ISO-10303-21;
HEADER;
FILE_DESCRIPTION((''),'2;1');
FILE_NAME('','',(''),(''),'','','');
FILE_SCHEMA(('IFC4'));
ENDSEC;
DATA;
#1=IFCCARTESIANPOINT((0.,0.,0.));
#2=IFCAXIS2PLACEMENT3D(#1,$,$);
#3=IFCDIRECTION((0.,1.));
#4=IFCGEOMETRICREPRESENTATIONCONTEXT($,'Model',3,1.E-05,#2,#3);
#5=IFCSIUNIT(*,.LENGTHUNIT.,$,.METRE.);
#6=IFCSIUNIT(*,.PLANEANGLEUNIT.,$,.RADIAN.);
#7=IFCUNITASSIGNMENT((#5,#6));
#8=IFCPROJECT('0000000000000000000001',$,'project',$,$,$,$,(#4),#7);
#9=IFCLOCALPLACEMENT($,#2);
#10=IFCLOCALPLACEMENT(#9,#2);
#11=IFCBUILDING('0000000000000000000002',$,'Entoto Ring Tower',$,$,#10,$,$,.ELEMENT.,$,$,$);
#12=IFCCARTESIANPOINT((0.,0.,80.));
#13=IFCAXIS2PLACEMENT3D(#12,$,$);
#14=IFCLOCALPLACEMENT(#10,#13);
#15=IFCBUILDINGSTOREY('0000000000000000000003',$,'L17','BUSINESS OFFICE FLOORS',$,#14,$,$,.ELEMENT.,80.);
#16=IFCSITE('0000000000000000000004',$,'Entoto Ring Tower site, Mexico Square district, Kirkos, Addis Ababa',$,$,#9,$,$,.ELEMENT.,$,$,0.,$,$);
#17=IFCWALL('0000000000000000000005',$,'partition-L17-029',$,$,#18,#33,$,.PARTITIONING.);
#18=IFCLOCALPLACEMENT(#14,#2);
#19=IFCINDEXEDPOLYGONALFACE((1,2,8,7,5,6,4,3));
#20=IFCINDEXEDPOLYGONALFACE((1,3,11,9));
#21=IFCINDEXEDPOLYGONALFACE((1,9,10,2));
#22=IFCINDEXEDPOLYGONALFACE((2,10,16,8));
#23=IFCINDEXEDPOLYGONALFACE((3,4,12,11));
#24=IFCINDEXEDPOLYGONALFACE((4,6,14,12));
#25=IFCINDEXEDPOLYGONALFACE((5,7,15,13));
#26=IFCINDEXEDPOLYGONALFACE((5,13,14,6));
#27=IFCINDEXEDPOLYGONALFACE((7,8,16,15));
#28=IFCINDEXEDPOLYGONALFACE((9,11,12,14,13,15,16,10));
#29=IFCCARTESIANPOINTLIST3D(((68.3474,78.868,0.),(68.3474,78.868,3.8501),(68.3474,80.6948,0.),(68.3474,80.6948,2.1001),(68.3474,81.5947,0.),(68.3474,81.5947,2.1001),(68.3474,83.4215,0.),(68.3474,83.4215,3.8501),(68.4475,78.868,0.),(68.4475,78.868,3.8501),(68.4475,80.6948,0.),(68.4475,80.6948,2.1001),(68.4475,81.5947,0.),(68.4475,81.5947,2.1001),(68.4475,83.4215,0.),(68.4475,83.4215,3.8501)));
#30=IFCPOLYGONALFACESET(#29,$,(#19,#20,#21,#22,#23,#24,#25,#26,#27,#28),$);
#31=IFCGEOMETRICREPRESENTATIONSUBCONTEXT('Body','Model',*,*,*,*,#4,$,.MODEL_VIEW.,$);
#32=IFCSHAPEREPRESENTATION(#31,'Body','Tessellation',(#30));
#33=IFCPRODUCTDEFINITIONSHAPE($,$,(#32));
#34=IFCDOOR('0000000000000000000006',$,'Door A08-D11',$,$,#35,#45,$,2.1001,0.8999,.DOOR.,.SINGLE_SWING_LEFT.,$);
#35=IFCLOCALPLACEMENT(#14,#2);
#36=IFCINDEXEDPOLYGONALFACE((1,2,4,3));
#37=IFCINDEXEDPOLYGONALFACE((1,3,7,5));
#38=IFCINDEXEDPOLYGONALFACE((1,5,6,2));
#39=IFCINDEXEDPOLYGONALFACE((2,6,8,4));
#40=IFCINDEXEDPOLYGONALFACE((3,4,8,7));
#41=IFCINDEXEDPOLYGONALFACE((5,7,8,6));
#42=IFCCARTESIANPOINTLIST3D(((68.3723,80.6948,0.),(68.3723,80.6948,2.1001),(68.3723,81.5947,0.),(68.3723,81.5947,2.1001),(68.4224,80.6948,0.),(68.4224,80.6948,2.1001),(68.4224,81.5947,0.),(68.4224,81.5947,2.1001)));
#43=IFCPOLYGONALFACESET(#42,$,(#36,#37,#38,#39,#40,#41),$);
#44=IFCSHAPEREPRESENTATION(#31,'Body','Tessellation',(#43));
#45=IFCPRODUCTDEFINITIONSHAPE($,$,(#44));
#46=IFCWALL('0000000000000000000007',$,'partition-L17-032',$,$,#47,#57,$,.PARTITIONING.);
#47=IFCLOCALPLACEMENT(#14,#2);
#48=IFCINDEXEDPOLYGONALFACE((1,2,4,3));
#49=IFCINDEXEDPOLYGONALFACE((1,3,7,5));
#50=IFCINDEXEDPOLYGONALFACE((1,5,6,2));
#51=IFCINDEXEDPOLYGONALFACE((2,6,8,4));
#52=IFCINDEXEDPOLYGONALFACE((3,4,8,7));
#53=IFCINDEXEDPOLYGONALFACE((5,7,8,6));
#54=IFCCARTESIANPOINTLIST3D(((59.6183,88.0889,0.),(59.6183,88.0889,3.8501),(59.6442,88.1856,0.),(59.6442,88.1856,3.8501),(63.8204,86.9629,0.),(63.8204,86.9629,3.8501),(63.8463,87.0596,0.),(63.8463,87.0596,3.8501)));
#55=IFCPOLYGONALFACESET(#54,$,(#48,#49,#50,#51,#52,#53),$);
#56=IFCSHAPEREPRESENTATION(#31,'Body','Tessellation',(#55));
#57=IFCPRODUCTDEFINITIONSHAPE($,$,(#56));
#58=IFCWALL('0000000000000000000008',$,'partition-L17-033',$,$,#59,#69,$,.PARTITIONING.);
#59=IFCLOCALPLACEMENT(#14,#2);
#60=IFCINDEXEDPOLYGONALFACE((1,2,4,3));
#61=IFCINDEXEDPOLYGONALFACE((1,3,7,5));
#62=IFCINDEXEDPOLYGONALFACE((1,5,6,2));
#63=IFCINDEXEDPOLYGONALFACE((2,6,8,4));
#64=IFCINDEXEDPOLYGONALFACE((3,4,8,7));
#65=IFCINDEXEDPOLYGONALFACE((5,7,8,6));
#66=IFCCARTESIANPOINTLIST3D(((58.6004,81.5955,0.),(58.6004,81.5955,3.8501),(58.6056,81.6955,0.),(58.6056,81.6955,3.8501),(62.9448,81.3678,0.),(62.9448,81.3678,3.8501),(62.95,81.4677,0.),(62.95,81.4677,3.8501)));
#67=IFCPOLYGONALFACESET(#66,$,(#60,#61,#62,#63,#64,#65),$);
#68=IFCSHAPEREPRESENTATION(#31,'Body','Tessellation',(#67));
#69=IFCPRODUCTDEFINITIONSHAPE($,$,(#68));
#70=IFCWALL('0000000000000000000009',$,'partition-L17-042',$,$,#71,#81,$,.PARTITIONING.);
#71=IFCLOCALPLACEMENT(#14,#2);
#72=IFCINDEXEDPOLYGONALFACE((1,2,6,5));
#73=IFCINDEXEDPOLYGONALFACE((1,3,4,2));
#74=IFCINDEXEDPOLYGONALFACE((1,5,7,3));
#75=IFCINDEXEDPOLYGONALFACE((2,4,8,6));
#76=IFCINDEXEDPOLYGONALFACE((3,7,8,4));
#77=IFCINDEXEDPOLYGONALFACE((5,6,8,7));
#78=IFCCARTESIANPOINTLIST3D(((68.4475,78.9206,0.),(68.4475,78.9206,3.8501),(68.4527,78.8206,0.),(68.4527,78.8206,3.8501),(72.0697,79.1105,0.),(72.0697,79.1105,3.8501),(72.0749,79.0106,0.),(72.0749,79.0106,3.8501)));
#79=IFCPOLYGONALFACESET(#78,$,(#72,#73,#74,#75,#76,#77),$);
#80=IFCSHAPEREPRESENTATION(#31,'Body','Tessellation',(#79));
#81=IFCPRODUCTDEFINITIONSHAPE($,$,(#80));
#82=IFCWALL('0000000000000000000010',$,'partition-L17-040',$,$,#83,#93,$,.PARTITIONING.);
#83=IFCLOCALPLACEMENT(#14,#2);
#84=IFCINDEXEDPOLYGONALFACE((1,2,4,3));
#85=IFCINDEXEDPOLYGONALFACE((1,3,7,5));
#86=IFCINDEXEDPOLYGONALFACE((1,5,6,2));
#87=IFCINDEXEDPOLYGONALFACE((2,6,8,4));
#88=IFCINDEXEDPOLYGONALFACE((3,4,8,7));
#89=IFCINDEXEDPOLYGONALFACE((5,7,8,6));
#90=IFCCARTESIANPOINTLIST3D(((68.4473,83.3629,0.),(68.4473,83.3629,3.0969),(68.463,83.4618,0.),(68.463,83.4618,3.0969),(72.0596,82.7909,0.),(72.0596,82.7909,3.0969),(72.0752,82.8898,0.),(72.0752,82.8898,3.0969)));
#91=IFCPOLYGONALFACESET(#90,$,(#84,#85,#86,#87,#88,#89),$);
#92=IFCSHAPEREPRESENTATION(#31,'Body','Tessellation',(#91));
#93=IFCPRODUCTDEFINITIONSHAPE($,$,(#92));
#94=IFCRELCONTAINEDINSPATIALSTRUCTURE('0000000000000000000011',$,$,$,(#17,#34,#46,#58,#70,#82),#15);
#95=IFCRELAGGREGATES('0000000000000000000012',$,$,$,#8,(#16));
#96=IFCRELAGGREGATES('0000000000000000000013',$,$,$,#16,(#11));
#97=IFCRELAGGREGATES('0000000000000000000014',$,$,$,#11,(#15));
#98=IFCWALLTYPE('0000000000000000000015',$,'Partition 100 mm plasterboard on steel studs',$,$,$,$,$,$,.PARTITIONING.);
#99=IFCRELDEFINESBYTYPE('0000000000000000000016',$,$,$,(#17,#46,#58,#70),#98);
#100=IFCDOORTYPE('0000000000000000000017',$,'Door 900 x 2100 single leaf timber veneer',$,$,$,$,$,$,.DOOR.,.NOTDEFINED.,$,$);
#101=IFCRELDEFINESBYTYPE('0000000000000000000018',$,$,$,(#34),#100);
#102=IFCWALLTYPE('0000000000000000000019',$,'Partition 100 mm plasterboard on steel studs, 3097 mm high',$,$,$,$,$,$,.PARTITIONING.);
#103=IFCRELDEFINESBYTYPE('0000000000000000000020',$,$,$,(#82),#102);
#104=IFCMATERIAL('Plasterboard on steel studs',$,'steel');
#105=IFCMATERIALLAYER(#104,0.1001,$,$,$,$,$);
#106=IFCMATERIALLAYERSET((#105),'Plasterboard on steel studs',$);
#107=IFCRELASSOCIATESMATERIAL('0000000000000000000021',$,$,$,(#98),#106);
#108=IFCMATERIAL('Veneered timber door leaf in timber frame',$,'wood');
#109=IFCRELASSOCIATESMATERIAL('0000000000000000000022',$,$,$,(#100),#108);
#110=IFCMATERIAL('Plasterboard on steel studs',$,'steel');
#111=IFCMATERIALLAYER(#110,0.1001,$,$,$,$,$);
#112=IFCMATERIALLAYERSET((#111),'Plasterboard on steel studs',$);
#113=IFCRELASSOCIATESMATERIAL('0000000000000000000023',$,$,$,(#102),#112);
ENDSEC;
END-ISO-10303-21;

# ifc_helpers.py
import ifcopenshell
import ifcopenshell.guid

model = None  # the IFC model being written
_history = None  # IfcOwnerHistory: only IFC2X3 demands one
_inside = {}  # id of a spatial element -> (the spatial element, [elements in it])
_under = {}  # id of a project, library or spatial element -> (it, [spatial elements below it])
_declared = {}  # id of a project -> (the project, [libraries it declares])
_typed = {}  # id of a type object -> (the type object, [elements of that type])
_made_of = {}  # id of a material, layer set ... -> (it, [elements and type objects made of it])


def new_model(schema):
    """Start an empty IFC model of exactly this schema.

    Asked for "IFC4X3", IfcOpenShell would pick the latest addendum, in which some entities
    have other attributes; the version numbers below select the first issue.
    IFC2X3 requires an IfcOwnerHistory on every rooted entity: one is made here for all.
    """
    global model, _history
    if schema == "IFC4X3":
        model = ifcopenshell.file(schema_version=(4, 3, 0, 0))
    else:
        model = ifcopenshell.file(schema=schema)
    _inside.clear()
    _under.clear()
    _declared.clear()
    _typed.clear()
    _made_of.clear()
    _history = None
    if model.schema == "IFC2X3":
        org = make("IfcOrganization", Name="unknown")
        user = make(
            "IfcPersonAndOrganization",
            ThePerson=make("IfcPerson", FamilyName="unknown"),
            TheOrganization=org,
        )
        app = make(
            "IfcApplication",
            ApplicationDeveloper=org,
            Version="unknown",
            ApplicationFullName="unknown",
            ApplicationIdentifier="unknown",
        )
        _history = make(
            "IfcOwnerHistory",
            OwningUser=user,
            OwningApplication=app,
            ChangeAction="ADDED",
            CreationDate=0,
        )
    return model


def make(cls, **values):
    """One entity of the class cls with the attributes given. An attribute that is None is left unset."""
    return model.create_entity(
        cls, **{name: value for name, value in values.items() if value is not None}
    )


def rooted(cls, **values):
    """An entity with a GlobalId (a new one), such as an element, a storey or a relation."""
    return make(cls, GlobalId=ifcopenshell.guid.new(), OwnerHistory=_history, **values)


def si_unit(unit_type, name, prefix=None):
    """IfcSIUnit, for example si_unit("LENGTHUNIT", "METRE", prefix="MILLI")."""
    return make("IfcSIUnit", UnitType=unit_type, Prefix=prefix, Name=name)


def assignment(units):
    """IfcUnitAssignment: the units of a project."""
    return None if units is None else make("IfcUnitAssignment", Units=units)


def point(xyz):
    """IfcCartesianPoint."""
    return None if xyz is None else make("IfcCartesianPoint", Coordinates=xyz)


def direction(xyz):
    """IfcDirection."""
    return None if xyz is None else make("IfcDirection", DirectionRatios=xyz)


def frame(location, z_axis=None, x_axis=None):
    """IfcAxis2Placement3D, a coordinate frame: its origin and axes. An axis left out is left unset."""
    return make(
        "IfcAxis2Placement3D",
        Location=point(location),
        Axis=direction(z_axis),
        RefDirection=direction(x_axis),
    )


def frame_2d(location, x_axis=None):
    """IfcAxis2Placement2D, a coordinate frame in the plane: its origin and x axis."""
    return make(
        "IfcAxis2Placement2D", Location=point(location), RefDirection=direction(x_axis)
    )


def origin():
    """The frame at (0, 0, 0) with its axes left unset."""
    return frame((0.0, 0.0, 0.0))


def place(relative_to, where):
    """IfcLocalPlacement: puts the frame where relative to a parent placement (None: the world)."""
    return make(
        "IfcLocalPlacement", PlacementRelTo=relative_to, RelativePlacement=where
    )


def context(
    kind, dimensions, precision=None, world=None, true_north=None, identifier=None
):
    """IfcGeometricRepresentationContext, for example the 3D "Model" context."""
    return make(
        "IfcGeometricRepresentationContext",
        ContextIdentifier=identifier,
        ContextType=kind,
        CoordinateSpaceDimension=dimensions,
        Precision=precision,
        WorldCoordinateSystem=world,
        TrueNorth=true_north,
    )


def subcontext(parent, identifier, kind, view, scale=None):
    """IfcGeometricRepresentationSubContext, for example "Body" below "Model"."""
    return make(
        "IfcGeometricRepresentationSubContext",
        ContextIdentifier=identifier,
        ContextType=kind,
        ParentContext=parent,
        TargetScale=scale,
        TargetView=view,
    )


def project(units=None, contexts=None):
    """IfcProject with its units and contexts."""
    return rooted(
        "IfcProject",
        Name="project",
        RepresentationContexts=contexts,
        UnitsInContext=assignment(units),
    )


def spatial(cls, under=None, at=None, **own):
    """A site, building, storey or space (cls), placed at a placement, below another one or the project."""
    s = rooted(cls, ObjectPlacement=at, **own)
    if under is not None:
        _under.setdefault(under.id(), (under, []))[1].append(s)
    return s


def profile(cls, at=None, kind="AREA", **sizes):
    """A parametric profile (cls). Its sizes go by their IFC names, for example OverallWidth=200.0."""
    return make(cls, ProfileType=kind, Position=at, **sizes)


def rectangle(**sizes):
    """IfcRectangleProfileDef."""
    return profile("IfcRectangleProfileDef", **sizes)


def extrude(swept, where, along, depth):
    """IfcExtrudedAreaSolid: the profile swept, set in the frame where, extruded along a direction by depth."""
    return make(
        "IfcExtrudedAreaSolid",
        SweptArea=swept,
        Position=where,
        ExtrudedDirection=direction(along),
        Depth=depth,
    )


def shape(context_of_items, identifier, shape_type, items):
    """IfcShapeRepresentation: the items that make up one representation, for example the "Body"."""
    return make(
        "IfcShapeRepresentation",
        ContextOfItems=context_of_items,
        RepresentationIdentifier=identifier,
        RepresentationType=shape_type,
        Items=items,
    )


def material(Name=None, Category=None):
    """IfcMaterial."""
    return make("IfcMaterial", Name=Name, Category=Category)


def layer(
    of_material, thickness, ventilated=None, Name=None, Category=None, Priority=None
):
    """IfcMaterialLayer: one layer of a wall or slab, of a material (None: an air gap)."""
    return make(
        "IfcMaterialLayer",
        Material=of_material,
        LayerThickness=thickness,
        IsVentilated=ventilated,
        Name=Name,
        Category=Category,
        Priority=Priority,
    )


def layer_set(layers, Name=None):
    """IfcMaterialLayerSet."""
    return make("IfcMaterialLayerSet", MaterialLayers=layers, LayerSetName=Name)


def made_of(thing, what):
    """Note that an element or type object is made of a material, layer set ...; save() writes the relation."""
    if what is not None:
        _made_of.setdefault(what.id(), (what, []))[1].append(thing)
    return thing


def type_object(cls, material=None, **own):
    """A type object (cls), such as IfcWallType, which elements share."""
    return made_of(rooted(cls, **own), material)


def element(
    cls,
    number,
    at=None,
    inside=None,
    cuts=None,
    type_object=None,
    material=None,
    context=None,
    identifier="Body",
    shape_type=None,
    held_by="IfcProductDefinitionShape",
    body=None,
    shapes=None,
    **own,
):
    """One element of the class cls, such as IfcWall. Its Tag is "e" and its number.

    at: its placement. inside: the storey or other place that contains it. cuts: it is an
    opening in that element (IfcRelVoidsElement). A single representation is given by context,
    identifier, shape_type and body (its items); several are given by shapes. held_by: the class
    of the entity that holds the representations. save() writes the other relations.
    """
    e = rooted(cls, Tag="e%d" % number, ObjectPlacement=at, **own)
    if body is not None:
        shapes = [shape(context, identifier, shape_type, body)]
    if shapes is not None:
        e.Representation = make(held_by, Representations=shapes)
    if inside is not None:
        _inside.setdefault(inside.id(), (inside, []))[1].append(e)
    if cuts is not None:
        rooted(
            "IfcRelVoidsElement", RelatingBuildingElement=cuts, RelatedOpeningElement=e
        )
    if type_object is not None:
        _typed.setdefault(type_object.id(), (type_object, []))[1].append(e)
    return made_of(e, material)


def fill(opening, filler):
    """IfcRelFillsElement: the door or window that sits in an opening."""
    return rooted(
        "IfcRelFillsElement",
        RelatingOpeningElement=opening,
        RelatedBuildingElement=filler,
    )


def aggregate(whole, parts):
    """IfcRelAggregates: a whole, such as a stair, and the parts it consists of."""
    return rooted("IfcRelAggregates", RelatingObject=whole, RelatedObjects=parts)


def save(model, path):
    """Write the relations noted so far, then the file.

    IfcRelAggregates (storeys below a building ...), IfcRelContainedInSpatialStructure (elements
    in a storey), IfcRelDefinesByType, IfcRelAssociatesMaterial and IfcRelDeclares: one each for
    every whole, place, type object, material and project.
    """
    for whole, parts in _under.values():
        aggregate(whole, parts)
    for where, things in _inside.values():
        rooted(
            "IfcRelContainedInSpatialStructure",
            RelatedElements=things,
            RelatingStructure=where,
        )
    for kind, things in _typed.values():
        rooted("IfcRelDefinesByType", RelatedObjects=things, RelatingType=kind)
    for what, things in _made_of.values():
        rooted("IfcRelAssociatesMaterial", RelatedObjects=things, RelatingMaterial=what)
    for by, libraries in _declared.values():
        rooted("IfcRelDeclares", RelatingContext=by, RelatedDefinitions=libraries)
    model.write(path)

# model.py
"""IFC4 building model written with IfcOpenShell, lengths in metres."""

from ifc_helpers import new_model, si_unit, direction, frame, frame_2d, origin, place, context, subcontext, project, spatial, rectangle, extrude, material, layer, layer_set, type_object, element, fill, save


model = new_model("IFC4")

# Units and contexts
model_context = context("Model", 3, precision=1e-05, world=origin(), true_north=direction((0.0, 1.0)))
body_context = subcontext(model_context, "Body", "Model", "MODEL_VIEW")
ifc_project = project(units=[si_unit("LENGTHUNIT", "METRE"), si_unit("PLANEANGLEUNIT", "RADIAN")], contexts=[model_context])

# Site, building, storey
site_placement = place(None, origin())
site = spatial("IfcSite", under=ifc_project, at=site_placement, Name="Entoto Ring Tower site, Mexico Square district, Kirkos, Addis Ababa", CompositionType="ELEMENT", RefElevation=0.0)
building_placement = place(site_placement, origin())
building = spatial("IfcBuilding", under=site, at=building_placement, Name="Entoto Ring Tower", CompositionType="ELEMENT")
storey_placement = place(building_placement, frame((0.0, 0.0, 80.0)))
storey = spatial("IfcBuildingStorey", under=building, at=storey_placement, Name="L17", Description="BUSINESS OFFICE FLOORS", CompositionType="ELEMENT", Elevation=80.0)

# Wall, opening, door
ifc_material_1 = material(Name="Plasterboard on steel studs", Category="steel")
ifc_layer_1 = layer(ifc_material_1, 0.1001)
ifc_layer_set_1 = layer_set([ifc_layer_1], Name="Plasterboard on steel studs")
wall_type_1 = type_object("IfcWallType", Name="Partition 100 mm plasterboard on steel studs", PredefinedType="PARTITIONING", material=ifc_layer_set_1)
ifc_material_2 = material(Name="Veneered timber door leaf in timber frame", Category="wood")
door_type = type_object("IfcDoorType", Name="Door 900 x 2100 single leaf timber veneer", OperationType="NOTDEFINED", PredefinedType="DOOR", material=ifc_material_2)
wall_1_placement = place(storey_placement, frame((68.3975, 78.8679, 0.0), z_axis=(0.0, 0.0, 1.0), x_axis=(0.0, 1.0, 0.0)))
wall_1 = element("IfcWall", 1, at=wall_1_placement, inside=storey, type_object=wall_type_1, Name="partition-L17-029", PredefinedType="PARTITIONING", context=body_context, shape_type="SweptSolid", body=[
    extrude(rectangle(XDim=4.5535, YDim=0.1001, at=frame_2d((2.2769, 0.0))), origin(), (0.0, 0.0, 1.0), 3.8501),
])
opening_1_placement = place(wall_1_placement, frame((1.8269, 0.0, 0.0)))
opening_1 = element("IfcOpeningElement", 2, at=opening_1_placement, cuts=wall_1, PredefinedType="OPENING", context=body_context, shape_type="SweptSolid", body=[
    extrude(rectangle(XDim=0.8999, YDim=2.1001, at=frame_2d((0.45, 1.05))), frame((0.0, 0.0601, 0.0), z_axis=(0.0, -1.0, 0.0), x_axis=(1.0, 0.0, 0.0)), (0.0, 0.0, 1.0), 0.1201),
])
door_1_placement = place(opening_1_placement, frame((0.8999, 0.0, 0.0), z_axis=(0.0, 0.0, 1.0), x_axis=(-1.0, 0.0, 0.0)))
door_1 = element("IfcDoor", 3, at=door_1_placement, inside=storey, type_object=door_type, Name="Door A08-D11", OperationType="SINGLE_SWING_LEFT", OverallHeight=2.1001, OverallWidth=0.8999, PredefinedType="DOOR", context=body_context, shape_type="SweptSolid", body=[
    extrude(rectangle(XDim=0.8999, YDim=2.1001, at=frame_2d((0.45, 1.05))), frame((0.0, 0.0249, 0.0), z_axis=(0.0, -1.0, 0.0), x_axis=(1.0, 0.0, 0.0)), (0.0, 0.0, 1.0), 0.05),
])
fill(opening_1, door_1)

# Walls
for number, where, z_axis, x_axis, name in (
    (4, (63.8335, 87.0112, 0.0), (0.0, 0.0, 1.0), (-0.965925, 0.258822, 0.0), "partition-L17-032"),
    (5, (62.9475, 81.4177, 0.0), (0.0, 0.0, 1.0), (-0.998628, 0.052359, 0.0), "partition-L17-033"),
):
    element("IfcWall", number, at=place(storey_placement, frame(where, z_axis=z_axis, x_axis=x_axis)), inside=storey, type_object=wall_type_1, Name=name, PredefinedType="PARTITIONING", context=body_context, shape_type="SweptSolid", body=[
        extrude(rectangle(XDim=4.3503, YDim=0.1001, at=frame_2d((2.1753, 0.0))), origin(), (0.0, 0.0, 1.0), 3.8501),
    ])
wall_2_placement = place(storey_placement, frame((68.4502, 78.8706, 0.0), z_axis=(0.0, 0.0, 1.0), x_axis=(0.998628, 0.052365, 0.0)))
element("IfcWall", 6, at=wall_2_placement, inside=storey, type_object=wall_type_1, Name="partition-L17-042", PredefinedType="PARTITIONING", context=body_context, shape_type="SweptSolid", body=[
    extrude(rectangle(XDim=3.6272, YDim=0.1001, at=frame_2d((1.8135, 0.0))), origin(), (0.0, 0.0, 1.0), 3.8501),
])
ifc_material_3 = material(Name="Plasterboard on steel studs", Category="steel")
ifc_layer_2 = layer(ifc_material_3, 0.1001)
ifc_layer_set_2 = layer_set([ifc_layer_2], Name="Plasterboard on steel studs")
wall_type_2 = type_object("IfcWallType", Name="Partition 100 mm plasterboard on steel studs, 3097 mm high", PredefinedType="PARTITIONING", material=ifc_layer_set_2)
wall_3_placement = place(storey_placement, frame((72.0674, 82.8403, 0.0), z_axis=(0.0, 0.0, 1.0), x_axis=(-0.987693, 0.156405, 0.0)))
element("IfcWall", 7, at=wall_3_placement, inside=storey, type_object=wall_type_2, Name="partition-L17-040", PredefinedType="PARTITIONING", context=body_context, shape_type="SweptSolid", body=[
    extrude(rectangle(XDim=3.6572, YDim=0.1001, at=frame_2d((1.8286, 0.0))), origin(), (0.0, 0.0, 1.0), 3.0969),
])

save(model, "model.ifc")
